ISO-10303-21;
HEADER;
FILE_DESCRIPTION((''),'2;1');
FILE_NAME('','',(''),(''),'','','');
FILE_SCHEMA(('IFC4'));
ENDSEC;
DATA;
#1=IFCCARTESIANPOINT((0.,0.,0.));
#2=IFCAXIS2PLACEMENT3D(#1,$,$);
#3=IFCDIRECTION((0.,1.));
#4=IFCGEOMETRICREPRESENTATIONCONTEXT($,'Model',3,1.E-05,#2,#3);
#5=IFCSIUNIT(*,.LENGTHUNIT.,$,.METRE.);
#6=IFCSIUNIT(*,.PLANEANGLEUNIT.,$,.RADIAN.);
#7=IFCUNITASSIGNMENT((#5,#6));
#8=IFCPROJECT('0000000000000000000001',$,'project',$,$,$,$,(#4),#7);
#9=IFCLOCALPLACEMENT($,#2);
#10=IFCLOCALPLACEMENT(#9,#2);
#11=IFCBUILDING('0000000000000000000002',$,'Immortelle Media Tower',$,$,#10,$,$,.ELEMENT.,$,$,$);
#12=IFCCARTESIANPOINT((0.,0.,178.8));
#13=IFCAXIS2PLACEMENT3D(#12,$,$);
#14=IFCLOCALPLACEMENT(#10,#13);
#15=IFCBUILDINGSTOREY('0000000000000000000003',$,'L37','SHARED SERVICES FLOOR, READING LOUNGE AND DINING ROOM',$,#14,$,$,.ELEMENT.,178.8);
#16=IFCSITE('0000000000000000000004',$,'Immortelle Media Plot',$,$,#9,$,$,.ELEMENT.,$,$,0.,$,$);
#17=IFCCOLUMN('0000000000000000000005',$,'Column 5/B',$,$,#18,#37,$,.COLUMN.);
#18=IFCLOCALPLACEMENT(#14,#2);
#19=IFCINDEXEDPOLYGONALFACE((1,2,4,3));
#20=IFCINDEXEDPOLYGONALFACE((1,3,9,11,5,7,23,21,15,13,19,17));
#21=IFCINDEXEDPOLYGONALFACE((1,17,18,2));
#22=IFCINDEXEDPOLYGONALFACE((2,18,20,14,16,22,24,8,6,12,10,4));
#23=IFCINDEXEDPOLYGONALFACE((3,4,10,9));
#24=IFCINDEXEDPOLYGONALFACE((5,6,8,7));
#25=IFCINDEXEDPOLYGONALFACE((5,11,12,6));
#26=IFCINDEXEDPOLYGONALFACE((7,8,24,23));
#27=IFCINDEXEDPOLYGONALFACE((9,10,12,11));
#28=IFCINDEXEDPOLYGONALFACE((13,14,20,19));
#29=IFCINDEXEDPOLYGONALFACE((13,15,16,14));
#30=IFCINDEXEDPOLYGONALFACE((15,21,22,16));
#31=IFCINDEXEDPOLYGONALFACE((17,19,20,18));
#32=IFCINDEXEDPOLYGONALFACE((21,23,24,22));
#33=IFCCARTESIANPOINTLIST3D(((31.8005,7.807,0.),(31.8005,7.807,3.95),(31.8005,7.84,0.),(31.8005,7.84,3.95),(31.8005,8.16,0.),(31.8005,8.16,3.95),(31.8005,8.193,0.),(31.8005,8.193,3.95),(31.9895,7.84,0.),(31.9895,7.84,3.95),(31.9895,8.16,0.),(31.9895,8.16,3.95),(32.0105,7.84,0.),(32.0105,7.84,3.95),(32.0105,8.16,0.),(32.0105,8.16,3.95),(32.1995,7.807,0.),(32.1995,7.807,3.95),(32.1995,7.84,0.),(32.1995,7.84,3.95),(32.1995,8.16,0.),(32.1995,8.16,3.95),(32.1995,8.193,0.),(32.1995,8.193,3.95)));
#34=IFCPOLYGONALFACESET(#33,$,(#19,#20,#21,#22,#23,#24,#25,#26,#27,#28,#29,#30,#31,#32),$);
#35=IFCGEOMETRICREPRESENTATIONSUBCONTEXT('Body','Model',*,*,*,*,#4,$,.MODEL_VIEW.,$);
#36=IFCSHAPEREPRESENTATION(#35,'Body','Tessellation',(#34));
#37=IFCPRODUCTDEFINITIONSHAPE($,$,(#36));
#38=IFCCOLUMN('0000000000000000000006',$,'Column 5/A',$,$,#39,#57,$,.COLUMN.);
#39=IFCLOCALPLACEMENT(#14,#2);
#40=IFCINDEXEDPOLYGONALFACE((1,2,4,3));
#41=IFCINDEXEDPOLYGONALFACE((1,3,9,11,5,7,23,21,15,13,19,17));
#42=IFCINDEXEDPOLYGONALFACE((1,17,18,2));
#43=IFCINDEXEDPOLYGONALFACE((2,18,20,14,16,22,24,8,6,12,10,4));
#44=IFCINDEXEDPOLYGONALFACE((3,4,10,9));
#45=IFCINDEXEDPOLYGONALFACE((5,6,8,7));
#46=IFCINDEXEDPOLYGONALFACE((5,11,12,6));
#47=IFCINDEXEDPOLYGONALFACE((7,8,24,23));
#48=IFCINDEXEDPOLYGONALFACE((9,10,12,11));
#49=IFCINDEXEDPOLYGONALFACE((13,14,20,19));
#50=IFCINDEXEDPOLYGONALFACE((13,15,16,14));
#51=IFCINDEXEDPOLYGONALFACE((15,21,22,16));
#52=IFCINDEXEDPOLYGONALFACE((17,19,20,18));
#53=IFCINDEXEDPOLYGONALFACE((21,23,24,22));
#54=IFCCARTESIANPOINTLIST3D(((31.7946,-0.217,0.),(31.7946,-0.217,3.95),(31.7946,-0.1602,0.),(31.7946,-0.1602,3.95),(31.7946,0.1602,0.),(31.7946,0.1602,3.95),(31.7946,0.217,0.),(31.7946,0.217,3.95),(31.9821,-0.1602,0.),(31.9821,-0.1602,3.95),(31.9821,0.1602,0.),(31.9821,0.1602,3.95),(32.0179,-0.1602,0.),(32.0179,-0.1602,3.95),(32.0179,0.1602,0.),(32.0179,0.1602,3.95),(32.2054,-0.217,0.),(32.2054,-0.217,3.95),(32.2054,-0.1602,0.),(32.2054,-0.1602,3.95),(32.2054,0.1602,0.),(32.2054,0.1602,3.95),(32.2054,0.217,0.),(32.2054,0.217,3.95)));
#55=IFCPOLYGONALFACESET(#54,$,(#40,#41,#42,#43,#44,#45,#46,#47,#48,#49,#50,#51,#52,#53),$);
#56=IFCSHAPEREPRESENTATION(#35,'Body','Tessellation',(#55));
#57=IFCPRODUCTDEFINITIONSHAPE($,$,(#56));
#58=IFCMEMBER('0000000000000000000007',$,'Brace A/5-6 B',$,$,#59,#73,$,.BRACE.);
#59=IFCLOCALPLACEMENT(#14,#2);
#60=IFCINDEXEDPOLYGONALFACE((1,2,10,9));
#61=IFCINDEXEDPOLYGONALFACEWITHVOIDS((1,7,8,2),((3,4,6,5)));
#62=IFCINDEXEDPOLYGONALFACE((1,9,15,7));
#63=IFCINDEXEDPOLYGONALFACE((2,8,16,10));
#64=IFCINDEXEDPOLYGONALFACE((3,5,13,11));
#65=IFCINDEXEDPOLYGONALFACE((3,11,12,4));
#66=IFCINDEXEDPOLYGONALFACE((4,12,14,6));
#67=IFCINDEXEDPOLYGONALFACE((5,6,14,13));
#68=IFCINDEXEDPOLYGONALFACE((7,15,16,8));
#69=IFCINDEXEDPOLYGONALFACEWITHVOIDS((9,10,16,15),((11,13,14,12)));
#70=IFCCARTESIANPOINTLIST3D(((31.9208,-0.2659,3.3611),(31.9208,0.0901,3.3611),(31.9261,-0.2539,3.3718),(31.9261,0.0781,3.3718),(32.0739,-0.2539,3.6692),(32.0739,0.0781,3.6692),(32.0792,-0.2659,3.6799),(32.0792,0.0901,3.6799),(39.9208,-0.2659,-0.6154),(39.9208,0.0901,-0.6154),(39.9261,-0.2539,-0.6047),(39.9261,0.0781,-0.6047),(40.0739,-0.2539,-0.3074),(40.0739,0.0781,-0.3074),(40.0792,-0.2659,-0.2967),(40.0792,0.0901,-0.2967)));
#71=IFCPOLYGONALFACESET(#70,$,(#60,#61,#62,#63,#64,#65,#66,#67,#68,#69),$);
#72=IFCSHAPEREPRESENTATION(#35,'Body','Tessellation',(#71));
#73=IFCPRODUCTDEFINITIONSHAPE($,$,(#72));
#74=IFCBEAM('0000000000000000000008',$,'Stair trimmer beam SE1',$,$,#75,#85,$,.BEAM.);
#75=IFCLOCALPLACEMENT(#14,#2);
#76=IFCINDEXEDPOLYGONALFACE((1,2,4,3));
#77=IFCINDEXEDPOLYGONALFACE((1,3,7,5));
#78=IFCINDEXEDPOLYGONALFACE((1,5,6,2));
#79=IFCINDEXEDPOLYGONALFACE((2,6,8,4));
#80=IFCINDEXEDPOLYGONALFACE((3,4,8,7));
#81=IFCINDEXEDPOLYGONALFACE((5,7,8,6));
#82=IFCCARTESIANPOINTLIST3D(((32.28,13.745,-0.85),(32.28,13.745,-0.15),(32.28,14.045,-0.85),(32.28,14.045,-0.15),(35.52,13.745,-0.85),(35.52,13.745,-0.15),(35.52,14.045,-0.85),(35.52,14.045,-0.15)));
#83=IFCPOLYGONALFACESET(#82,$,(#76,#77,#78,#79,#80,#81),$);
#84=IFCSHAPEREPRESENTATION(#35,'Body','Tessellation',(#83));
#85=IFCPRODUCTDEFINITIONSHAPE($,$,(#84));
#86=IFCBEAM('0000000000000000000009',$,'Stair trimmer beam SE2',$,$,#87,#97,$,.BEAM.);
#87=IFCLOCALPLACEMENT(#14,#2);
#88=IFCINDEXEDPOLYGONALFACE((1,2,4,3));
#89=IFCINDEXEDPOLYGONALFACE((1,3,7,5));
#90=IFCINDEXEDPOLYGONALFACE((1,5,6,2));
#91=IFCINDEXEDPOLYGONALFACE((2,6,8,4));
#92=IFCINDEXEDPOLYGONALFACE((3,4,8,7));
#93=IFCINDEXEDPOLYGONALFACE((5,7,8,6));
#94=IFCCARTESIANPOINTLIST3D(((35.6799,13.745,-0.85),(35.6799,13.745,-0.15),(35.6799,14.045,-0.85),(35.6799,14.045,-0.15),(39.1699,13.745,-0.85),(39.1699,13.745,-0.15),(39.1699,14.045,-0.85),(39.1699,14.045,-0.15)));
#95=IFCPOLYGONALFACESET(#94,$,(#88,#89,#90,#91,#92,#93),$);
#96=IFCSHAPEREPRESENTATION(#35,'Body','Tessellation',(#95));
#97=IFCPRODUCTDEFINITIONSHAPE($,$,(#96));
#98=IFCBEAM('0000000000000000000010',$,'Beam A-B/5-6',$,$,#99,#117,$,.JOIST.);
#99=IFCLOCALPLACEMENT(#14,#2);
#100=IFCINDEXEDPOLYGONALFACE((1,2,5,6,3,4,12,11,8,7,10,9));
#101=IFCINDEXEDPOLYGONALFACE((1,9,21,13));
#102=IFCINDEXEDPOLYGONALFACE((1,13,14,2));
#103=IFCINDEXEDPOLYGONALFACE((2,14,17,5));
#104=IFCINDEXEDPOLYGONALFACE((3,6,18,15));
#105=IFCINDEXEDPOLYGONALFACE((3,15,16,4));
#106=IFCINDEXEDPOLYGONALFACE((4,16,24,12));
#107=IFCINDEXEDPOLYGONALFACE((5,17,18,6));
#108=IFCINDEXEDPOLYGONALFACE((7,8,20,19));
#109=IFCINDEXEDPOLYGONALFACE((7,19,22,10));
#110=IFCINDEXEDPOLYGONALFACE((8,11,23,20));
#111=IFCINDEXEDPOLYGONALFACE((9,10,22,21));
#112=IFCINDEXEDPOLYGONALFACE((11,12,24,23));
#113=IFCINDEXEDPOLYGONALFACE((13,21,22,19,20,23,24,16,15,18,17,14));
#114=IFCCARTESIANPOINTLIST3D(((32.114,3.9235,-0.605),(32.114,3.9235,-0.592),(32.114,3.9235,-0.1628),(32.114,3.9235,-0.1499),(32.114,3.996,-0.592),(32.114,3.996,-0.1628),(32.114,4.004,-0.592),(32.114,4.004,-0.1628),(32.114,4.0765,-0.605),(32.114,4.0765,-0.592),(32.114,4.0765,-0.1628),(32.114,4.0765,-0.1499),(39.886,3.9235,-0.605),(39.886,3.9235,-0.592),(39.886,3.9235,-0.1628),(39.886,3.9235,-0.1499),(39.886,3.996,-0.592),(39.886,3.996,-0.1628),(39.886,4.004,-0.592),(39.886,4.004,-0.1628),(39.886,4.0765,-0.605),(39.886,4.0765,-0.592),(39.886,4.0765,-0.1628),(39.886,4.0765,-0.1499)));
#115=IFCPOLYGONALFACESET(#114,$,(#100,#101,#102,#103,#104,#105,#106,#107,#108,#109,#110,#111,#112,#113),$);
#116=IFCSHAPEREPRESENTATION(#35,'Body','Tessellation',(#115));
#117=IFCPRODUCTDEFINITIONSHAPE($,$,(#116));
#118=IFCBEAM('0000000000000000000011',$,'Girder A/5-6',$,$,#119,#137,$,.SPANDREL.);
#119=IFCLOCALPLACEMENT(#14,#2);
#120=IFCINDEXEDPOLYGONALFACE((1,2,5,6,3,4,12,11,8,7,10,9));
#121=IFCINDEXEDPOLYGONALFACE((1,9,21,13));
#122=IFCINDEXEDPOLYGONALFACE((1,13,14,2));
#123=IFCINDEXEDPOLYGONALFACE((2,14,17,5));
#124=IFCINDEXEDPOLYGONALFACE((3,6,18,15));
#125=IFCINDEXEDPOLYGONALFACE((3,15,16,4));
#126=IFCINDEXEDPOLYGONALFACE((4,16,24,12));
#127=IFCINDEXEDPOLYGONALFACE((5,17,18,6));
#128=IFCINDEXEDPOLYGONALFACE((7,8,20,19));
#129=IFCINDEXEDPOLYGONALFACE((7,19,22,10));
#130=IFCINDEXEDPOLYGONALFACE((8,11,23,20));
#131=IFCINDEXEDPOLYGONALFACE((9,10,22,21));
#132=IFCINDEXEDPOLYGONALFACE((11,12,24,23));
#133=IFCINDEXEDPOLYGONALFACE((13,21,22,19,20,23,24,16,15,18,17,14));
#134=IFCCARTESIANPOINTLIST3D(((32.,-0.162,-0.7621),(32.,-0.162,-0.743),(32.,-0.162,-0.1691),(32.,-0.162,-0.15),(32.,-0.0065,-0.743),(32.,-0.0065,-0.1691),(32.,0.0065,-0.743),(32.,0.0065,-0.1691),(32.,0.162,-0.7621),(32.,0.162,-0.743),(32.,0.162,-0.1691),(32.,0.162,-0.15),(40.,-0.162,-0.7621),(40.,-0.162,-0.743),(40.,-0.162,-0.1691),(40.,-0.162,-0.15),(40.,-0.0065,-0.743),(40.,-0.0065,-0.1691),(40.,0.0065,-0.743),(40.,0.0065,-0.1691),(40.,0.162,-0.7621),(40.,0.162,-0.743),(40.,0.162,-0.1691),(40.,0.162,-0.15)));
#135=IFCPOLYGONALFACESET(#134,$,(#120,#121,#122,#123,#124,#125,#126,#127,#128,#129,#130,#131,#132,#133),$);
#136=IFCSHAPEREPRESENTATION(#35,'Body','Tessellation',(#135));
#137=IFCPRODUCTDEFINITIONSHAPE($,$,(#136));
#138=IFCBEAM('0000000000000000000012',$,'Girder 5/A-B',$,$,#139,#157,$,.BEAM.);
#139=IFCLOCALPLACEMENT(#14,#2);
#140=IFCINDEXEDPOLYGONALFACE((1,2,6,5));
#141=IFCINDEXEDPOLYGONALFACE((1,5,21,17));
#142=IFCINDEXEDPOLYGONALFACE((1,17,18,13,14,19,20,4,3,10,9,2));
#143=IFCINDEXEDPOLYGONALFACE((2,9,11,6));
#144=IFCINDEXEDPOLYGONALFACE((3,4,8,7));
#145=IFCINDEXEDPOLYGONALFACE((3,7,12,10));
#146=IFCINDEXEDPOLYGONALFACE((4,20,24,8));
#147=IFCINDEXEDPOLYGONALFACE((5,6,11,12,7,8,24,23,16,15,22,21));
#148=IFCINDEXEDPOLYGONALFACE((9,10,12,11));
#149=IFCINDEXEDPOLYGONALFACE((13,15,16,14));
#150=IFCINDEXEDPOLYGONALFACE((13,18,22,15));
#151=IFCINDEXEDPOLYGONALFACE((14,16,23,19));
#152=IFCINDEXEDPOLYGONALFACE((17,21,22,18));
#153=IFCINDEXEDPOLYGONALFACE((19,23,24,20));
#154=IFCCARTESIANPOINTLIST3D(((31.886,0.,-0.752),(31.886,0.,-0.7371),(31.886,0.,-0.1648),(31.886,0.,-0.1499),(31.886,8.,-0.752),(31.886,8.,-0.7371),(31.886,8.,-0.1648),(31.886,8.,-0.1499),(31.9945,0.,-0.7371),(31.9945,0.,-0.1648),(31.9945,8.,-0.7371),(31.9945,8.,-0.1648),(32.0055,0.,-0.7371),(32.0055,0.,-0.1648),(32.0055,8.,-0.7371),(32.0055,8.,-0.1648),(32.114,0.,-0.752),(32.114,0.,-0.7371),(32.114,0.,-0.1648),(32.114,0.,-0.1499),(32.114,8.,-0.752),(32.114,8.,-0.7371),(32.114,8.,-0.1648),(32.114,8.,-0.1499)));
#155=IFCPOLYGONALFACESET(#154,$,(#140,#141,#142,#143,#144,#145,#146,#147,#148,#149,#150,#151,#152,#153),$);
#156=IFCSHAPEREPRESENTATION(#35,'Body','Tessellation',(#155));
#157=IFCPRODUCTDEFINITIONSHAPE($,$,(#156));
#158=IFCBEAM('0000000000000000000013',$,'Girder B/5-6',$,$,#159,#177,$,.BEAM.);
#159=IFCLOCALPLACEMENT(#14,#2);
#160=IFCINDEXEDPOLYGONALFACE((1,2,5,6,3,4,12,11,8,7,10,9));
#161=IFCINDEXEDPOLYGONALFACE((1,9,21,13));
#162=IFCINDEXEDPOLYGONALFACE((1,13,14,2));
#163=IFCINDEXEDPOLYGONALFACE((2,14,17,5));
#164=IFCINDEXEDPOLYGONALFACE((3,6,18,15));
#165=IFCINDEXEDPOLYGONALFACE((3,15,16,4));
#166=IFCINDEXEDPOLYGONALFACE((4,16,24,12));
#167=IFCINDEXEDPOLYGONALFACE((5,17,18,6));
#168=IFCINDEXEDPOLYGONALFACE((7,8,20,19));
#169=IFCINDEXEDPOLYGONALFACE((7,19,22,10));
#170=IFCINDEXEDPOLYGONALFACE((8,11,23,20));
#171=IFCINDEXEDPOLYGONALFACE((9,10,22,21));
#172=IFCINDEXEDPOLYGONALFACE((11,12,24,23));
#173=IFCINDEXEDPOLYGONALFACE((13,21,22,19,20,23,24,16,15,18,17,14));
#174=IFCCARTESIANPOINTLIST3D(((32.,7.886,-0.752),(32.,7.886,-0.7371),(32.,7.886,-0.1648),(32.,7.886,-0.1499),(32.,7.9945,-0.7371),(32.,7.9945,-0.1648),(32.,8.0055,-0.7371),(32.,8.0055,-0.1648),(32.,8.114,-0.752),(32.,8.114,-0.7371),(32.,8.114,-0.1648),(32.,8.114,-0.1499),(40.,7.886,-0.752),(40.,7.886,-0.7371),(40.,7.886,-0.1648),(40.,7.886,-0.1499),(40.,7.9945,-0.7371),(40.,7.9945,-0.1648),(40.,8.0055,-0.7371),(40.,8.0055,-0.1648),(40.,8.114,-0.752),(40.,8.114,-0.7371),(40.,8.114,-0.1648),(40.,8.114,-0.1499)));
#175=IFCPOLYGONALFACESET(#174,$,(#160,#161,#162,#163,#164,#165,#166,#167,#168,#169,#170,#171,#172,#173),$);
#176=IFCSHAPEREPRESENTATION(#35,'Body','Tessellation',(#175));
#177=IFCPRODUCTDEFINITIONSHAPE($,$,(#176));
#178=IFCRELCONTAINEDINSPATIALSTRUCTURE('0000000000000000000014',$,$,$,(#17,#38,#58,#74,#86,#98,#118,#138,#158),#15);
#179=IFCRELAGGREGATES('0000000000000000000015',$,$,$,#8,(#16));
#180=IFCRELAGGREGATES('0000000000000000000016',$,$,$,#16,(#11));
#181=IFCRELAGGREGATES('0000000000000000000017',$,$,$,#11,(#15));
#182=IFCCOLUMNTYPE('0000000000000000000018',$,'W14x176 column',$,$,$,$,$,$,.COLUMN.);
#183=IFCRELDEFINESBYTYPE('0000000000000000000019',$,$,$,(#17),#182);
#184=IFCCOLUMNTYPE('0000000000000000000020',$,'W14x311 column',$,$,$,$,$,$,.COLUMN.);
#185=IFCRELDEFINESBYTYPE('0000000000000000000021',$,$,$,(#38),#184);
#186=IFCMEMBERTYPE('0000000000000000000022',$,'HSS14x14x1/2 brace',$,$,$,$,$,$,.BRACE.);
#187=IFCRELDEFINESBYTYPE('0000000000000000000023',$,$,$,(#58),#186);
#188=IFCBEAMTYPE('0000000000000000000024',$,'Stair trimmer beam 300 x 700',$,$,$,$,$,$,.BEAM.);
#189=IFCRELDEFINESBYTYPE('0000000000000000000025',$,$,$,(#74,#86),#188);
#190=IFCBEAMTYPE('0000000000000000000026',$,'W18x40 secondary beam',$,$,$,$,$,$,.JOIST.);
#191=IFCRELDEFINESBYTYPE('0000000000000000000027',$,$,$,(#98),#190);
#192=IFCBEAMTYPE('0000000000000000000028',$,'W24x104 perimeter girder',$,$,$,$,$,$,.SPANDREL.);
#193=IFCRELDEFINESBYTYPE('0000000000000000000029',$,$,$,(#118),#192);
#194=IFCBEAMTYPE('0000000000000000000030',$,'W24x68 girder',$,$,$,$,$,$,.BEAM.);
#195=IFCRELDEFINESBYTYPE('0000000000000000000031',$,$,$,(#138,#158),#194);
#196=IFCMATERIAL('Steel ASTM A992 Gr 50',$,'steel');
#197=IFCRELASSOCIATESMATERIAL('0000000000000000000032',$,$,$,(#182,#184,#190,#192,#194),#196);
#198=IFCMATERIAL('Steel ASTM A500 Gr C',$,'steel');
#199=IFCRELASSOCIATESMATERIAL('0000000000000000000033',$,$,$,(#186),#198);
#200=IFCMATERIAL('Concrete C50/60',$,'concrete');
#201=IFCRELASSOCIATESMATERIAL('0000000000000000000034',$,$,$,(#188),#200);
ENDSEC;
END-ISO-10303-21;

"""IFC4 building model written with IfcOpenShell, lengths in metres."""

from ifc_helpers import new_model, si_unit, direction, frame, origin, origin_2d, place, context, subcontext, project, spatial, rectangle, hollow_rectangle, i_section, extrude, material, material_profile, profile_set, type_object, element, save


model = new_model("IFC4")

# Units and contexts
model_context = context("Model", 3, precision=1e-05, world=origin(), true_north=direction((0.0, 1.0)))
body_context = subcontext(model_context, "Body", "Model", "MODEL_VIEW")
ifc_project = project(units=[si_unit("LENGTHUNIT", "METRE"), si_unit("PLANEANGLEUNIT", "RADIAN")], contexts=[model_context])

# Site, building, storey
site_placement = place(None, origin())
site = spatial("IfcSite", under=ifc_project, at=site_placement, Name="Immortelle Media Plot", CompositionType="ELEMENT", RefElevation=0.0)
building_placement = place(site_placement, origin())
building = spatial("IfcBuilding", under=site, at=building_placement, Name="Immortelle Media Tower", CompositionType="ELEMENT")
storey_placement = place(building_placement, frame((0.0, 0.0, 178.8)))
storey = spatial("IfcBuildingStorey", under=building, at=storey_placement, Name="L37", Description="SHARED SERVICES FLOOR, READING LOUNGE AND DINING ROOM", CompositionType="ELEMENT", Elevation=178.8)

# Columns
ifc_material_1 = material(Name="Steel ASTM A992 Gr 50", Category="steel")
ifc_material_profile_1 = material_profile(ifc_material_1, i_section(OverallWidth=0.3989, OverallDepth=0.386, WebThickness=0.021, FlangeThickness=0.033, at=origin_2d()), Name="W14x176")
ifc_profile_set_1 = profile_set([ifc_material_profile_1], Name="Steel ASTM A992 Gr 50")
column_type_1 = type_object("IfcColumnType", Name="W14x176 column", PredefinedType="COLUMN", material=ifc_profile_set_1)
column_1_placement = place(storey_placement, frame((32.0, 8.0, 0.0), z_axis=(0.0, 0.0, 1.0), x_axis=(1.0, 0.0, 0.0)))
element("IfcColumn", 1, at=column_1_placement, inside=storey, type_object=column_type_1, Name="Column 5/B", PredefinedType="COLUMN", context=body_context, shape_type="SweptSolid", body=[
    extrude(i_section(OverallWidth=0.3989, OverallDepth=0.386, WebThickness=0.021, FlangeThickness=0.033, at=origin_2d()), origin(), (0.0, 0.0, 1.0), 3.95),
])
ifc_material_profile_2 = material_profile(ifc_material_1, i_section(OverallWidth=0.4109, OverallDepth=0.4341, WebThickness=0.0359, FlangeThickness=0.0569, at=origin_2d()), Name="W14x311")
ifc_profile_set_2 = profile_set([ifc_material_profile_2], Name="Steel ASTM A992 Gr 50")
column_type_2 = type_object("IfcColumnType", Name="W14x311 column", PredefinedType="COLUMN", material=ifc_profile_set_2)
column_2_placement = place(storey_placement, frame((32.0, 0.0, 0.0), z_axis=(0.0, 0.0, 1.0), x_axis=(1.0, 0.0, 0.0)))
element("IfcColumn", 2, at=column_2_placement, inside=storey, type_object=column_type_2, Name="Column 5/A", PredefinedType="COLUMN", context=body_context, shape_type="SweptSolid", body=[
    extrude(i_section(OverallWidth=0.4109, OverallDepth=0.4341, WebThickness=0.0359, FlangeThickness=0.0569, at=origin_2d()), origin(), (0.0, 0.0, 1.0), 3.95),
])

# Member
ifc_material_2 = material(Name="Steel ASTM A500 Gr C", Category="steel")
ifc_material_profile_3 = material_profile(ifc_material_2, hollow_rectangle(XDim=0.356, YDim=0.356, WallThickness=0.012, at=origin_2d()), Name="HSS14x14x1/2 brace")
ifc_profile_set_3 = profile_set([ifc_material_profile_3], Name="Steel ASTM A500 Gr C")
member_type = type_object("IfcMemberType", Name="HSS14x14x1/2 brace", PredefinedType="BRACE", material=ifc_profile_set_3)
member_placement = place(storey_placement, frame((32.0, -0.0879, 3.5205), z_axis=(0.895474, 0.0, -0.445114), x_axis=(0.0, 1.0, 0.0)))
element("IfcMember", 3, at=member_placement, inside=storey, type_object=member_type, Name="Brace A/5-6 B", PredefinedType="BRACE", context=body_context, shape_type="SweptSolid", body=[
    extrude(hollow_rectangle(XDim=0.356, YDim=0.356, WallThickness=0.012, at=origin_2d()), origin(), (0.0, 0.0, 1.0), 8.9338),
])

# Beams
ifc_material_3 = material(Name="Concrete C50/60", Category="concrete")
ifc_material_profile_4 = material_profile(ifc_material_3, rectangle(XDim=0.3, YDim=0.7, at=origin_2d()), Name="RC 300x700")
ifc_profile_set_4 = profile_set([ifc_material_profile_4], Name="Concrete C50/60")
beam_type_1 = type_object("IfcBeamType", Name="Stair trimmer beam 300 x 700", PredefinedType="BEAM", material=ifc_profile_set_4)
beam_1_placement = place(storey_placement, frame((32.28, 13.895, -0.5), z_axis=(1.0, 0.0, 0.0), x_axis=(0.0, 1.0, 0.0)))
element("IfcBeam", 4, at=beam_1_placement, inside=storey, type_object=beam_type_1, Name="Stair trimmer beam SE1", PredefinedType="BEAM", context=body_context, shape_type="SweptSolid", body=[
    extrude(rectangle(XDim=0.3, YDim=0.7, at=origin_2d()), origin(), (0.0, 0.0, 1.0), 3.24),
])
beam_2_placement = place(storey_placement, frame((35.6799, 13.895, -0.5), z_axis=(1.0, 0.0, 0.0), x_axis=(0.0, 1.0, 0.0)))
element("IfcBeam", 5, at=beam_2_placement, inside=storey, type_object=beam_type_1, Name="Stair trimmer beam SE2", PredefinedType="BEAM", context=body_context, shape_type="SweptSolid", body=[
    extrude(rectangle(XDim=0.3, YDim=0.7, at=origin_2d()), origin(), (0.0, 0.0, 1.0), 3.49),
])
ifc_material_profile_5 = material_profile(ifc_material_1, i_section(OverallWidth=0.1531, OverallDepth=0.4551, WebThickness=0.0081, FlangeThickness=0.0129, at=origin_2d()), Name="W18x40")
ifc_profile_set_5 = profile_set([ifc_material_profile_5], Name="Steel ASTM A992 Gr 50")
beam_type_2 = type_object("IfcBeamType", Name="W18x40 secondary beam", PredefinedType="JOIST", material=ifc_profile_set_5)
beam_3_placement = place(storey_placement, frame((32.114, 4.0, -0.3774), z_axis=(1.0, 0.0, 0.0), x_axis=(0.0, 1.0, 0.0)))
element("IfcBeam", 6, at=beam_3_placement, inside=storey, type_object=beam_type_2, Name="Beam A-B/5-6", PredefinedType="JOIST", context=body_context, shape_type="SweptSolid", body=[
    extrude(i_section(OverallWidth=0.1531, OverallDepth=0.4551, WebThickness=0.0081, FlangeThickness=0.0129, at=origin_2d()), origin(), (0.0, 0.0, 1.0), 7.772),
])
ifc_material_profile_6 = material_profile(ifc_material_1, i_section(OverallWidth=0.324, OverallDepth=0.6121, WebThickness=0.0129, FlangeThickness=0.019, at=origin_2d()), Name="W24x104")
ifc_profile_set_6 = profile_set([ifc_material_profile_6], Name="Steel ASTM A992 Gr 50")
beam_type_3 = type_object("IfcBeamType", Name="W24x104 perimeter girder", PredefinedType="SPANDREL", material=ifc_profile_set_6)
beam_4_placement = place(storey_placement, frame((32.0, 0.0, -0.4561), z_axis=(1.0, 0.0, 0.0), x_axis=(0.0, 1.0, 0.0)))
element("IfcBeam", 7, at=beam_4_placement, inside=storey, type_object=beam_type_3, Name="Girder A/5-6", PredefinedType="SPANDREL", context=body_context, shape_type="SweptSolid", body=[
    extrude(i_section(OverallWidth=0.324, OverallDepth=0.6121, WebThickness=0.0129, FlangeThickness=0.019, at=origin_2d()), origin(), (0.0, 0.0, 1.0), 8.0),
])
ifc_material_profile_7 = material_profile(ifc_material_1, i_section(OverallWidth=0.228, OverallDepth=0.6021, WebThickness=0.011, FlangeThickness=0.0149, at=origin_2d()), Name="W24x68")
ifc_profile_set_7 = profile_set([ifc_material_profile_7], Name="Steel ASTM A992 Gr 50")
beam_type_4 = type_object("IfcBeamType", Name="W24x68 girder", PredefinedType="BEAM", material=ifc_profile_set_7)
for number, where, z_axis, x_axis, name in (
    (8, (32.0, 0.0, -0.4509), (0.0, 1.0, 0.0), (-1.0, 0.0, 0.0), "Girder 5/A-B"),
    (9, (32.0, 8.0, -0.4509), (1.0, 0.0, 0.0), (0.0, 1.0, 0.0), "Girder B/5-6"),
):
    element("IfcBeam", number, at=place(storey_placement, frame(where, z_axis=z_axis, x_axis=x_axis)), inside=storey, type_object=beam_type_4, Name=name, PredefinedType="BEAM", context=body_context, shape_type="SweptSolid", body=[
        extrude(i_section(OverallWidth=0.228, OverallDepth=0.6021, WebThickness=0.011, FlangeThickness=0.0149, at=origin_2d()), origin(), (0.0, 0.0, 1.0), 8.0),
    ])

save(model, "model.ifc")
